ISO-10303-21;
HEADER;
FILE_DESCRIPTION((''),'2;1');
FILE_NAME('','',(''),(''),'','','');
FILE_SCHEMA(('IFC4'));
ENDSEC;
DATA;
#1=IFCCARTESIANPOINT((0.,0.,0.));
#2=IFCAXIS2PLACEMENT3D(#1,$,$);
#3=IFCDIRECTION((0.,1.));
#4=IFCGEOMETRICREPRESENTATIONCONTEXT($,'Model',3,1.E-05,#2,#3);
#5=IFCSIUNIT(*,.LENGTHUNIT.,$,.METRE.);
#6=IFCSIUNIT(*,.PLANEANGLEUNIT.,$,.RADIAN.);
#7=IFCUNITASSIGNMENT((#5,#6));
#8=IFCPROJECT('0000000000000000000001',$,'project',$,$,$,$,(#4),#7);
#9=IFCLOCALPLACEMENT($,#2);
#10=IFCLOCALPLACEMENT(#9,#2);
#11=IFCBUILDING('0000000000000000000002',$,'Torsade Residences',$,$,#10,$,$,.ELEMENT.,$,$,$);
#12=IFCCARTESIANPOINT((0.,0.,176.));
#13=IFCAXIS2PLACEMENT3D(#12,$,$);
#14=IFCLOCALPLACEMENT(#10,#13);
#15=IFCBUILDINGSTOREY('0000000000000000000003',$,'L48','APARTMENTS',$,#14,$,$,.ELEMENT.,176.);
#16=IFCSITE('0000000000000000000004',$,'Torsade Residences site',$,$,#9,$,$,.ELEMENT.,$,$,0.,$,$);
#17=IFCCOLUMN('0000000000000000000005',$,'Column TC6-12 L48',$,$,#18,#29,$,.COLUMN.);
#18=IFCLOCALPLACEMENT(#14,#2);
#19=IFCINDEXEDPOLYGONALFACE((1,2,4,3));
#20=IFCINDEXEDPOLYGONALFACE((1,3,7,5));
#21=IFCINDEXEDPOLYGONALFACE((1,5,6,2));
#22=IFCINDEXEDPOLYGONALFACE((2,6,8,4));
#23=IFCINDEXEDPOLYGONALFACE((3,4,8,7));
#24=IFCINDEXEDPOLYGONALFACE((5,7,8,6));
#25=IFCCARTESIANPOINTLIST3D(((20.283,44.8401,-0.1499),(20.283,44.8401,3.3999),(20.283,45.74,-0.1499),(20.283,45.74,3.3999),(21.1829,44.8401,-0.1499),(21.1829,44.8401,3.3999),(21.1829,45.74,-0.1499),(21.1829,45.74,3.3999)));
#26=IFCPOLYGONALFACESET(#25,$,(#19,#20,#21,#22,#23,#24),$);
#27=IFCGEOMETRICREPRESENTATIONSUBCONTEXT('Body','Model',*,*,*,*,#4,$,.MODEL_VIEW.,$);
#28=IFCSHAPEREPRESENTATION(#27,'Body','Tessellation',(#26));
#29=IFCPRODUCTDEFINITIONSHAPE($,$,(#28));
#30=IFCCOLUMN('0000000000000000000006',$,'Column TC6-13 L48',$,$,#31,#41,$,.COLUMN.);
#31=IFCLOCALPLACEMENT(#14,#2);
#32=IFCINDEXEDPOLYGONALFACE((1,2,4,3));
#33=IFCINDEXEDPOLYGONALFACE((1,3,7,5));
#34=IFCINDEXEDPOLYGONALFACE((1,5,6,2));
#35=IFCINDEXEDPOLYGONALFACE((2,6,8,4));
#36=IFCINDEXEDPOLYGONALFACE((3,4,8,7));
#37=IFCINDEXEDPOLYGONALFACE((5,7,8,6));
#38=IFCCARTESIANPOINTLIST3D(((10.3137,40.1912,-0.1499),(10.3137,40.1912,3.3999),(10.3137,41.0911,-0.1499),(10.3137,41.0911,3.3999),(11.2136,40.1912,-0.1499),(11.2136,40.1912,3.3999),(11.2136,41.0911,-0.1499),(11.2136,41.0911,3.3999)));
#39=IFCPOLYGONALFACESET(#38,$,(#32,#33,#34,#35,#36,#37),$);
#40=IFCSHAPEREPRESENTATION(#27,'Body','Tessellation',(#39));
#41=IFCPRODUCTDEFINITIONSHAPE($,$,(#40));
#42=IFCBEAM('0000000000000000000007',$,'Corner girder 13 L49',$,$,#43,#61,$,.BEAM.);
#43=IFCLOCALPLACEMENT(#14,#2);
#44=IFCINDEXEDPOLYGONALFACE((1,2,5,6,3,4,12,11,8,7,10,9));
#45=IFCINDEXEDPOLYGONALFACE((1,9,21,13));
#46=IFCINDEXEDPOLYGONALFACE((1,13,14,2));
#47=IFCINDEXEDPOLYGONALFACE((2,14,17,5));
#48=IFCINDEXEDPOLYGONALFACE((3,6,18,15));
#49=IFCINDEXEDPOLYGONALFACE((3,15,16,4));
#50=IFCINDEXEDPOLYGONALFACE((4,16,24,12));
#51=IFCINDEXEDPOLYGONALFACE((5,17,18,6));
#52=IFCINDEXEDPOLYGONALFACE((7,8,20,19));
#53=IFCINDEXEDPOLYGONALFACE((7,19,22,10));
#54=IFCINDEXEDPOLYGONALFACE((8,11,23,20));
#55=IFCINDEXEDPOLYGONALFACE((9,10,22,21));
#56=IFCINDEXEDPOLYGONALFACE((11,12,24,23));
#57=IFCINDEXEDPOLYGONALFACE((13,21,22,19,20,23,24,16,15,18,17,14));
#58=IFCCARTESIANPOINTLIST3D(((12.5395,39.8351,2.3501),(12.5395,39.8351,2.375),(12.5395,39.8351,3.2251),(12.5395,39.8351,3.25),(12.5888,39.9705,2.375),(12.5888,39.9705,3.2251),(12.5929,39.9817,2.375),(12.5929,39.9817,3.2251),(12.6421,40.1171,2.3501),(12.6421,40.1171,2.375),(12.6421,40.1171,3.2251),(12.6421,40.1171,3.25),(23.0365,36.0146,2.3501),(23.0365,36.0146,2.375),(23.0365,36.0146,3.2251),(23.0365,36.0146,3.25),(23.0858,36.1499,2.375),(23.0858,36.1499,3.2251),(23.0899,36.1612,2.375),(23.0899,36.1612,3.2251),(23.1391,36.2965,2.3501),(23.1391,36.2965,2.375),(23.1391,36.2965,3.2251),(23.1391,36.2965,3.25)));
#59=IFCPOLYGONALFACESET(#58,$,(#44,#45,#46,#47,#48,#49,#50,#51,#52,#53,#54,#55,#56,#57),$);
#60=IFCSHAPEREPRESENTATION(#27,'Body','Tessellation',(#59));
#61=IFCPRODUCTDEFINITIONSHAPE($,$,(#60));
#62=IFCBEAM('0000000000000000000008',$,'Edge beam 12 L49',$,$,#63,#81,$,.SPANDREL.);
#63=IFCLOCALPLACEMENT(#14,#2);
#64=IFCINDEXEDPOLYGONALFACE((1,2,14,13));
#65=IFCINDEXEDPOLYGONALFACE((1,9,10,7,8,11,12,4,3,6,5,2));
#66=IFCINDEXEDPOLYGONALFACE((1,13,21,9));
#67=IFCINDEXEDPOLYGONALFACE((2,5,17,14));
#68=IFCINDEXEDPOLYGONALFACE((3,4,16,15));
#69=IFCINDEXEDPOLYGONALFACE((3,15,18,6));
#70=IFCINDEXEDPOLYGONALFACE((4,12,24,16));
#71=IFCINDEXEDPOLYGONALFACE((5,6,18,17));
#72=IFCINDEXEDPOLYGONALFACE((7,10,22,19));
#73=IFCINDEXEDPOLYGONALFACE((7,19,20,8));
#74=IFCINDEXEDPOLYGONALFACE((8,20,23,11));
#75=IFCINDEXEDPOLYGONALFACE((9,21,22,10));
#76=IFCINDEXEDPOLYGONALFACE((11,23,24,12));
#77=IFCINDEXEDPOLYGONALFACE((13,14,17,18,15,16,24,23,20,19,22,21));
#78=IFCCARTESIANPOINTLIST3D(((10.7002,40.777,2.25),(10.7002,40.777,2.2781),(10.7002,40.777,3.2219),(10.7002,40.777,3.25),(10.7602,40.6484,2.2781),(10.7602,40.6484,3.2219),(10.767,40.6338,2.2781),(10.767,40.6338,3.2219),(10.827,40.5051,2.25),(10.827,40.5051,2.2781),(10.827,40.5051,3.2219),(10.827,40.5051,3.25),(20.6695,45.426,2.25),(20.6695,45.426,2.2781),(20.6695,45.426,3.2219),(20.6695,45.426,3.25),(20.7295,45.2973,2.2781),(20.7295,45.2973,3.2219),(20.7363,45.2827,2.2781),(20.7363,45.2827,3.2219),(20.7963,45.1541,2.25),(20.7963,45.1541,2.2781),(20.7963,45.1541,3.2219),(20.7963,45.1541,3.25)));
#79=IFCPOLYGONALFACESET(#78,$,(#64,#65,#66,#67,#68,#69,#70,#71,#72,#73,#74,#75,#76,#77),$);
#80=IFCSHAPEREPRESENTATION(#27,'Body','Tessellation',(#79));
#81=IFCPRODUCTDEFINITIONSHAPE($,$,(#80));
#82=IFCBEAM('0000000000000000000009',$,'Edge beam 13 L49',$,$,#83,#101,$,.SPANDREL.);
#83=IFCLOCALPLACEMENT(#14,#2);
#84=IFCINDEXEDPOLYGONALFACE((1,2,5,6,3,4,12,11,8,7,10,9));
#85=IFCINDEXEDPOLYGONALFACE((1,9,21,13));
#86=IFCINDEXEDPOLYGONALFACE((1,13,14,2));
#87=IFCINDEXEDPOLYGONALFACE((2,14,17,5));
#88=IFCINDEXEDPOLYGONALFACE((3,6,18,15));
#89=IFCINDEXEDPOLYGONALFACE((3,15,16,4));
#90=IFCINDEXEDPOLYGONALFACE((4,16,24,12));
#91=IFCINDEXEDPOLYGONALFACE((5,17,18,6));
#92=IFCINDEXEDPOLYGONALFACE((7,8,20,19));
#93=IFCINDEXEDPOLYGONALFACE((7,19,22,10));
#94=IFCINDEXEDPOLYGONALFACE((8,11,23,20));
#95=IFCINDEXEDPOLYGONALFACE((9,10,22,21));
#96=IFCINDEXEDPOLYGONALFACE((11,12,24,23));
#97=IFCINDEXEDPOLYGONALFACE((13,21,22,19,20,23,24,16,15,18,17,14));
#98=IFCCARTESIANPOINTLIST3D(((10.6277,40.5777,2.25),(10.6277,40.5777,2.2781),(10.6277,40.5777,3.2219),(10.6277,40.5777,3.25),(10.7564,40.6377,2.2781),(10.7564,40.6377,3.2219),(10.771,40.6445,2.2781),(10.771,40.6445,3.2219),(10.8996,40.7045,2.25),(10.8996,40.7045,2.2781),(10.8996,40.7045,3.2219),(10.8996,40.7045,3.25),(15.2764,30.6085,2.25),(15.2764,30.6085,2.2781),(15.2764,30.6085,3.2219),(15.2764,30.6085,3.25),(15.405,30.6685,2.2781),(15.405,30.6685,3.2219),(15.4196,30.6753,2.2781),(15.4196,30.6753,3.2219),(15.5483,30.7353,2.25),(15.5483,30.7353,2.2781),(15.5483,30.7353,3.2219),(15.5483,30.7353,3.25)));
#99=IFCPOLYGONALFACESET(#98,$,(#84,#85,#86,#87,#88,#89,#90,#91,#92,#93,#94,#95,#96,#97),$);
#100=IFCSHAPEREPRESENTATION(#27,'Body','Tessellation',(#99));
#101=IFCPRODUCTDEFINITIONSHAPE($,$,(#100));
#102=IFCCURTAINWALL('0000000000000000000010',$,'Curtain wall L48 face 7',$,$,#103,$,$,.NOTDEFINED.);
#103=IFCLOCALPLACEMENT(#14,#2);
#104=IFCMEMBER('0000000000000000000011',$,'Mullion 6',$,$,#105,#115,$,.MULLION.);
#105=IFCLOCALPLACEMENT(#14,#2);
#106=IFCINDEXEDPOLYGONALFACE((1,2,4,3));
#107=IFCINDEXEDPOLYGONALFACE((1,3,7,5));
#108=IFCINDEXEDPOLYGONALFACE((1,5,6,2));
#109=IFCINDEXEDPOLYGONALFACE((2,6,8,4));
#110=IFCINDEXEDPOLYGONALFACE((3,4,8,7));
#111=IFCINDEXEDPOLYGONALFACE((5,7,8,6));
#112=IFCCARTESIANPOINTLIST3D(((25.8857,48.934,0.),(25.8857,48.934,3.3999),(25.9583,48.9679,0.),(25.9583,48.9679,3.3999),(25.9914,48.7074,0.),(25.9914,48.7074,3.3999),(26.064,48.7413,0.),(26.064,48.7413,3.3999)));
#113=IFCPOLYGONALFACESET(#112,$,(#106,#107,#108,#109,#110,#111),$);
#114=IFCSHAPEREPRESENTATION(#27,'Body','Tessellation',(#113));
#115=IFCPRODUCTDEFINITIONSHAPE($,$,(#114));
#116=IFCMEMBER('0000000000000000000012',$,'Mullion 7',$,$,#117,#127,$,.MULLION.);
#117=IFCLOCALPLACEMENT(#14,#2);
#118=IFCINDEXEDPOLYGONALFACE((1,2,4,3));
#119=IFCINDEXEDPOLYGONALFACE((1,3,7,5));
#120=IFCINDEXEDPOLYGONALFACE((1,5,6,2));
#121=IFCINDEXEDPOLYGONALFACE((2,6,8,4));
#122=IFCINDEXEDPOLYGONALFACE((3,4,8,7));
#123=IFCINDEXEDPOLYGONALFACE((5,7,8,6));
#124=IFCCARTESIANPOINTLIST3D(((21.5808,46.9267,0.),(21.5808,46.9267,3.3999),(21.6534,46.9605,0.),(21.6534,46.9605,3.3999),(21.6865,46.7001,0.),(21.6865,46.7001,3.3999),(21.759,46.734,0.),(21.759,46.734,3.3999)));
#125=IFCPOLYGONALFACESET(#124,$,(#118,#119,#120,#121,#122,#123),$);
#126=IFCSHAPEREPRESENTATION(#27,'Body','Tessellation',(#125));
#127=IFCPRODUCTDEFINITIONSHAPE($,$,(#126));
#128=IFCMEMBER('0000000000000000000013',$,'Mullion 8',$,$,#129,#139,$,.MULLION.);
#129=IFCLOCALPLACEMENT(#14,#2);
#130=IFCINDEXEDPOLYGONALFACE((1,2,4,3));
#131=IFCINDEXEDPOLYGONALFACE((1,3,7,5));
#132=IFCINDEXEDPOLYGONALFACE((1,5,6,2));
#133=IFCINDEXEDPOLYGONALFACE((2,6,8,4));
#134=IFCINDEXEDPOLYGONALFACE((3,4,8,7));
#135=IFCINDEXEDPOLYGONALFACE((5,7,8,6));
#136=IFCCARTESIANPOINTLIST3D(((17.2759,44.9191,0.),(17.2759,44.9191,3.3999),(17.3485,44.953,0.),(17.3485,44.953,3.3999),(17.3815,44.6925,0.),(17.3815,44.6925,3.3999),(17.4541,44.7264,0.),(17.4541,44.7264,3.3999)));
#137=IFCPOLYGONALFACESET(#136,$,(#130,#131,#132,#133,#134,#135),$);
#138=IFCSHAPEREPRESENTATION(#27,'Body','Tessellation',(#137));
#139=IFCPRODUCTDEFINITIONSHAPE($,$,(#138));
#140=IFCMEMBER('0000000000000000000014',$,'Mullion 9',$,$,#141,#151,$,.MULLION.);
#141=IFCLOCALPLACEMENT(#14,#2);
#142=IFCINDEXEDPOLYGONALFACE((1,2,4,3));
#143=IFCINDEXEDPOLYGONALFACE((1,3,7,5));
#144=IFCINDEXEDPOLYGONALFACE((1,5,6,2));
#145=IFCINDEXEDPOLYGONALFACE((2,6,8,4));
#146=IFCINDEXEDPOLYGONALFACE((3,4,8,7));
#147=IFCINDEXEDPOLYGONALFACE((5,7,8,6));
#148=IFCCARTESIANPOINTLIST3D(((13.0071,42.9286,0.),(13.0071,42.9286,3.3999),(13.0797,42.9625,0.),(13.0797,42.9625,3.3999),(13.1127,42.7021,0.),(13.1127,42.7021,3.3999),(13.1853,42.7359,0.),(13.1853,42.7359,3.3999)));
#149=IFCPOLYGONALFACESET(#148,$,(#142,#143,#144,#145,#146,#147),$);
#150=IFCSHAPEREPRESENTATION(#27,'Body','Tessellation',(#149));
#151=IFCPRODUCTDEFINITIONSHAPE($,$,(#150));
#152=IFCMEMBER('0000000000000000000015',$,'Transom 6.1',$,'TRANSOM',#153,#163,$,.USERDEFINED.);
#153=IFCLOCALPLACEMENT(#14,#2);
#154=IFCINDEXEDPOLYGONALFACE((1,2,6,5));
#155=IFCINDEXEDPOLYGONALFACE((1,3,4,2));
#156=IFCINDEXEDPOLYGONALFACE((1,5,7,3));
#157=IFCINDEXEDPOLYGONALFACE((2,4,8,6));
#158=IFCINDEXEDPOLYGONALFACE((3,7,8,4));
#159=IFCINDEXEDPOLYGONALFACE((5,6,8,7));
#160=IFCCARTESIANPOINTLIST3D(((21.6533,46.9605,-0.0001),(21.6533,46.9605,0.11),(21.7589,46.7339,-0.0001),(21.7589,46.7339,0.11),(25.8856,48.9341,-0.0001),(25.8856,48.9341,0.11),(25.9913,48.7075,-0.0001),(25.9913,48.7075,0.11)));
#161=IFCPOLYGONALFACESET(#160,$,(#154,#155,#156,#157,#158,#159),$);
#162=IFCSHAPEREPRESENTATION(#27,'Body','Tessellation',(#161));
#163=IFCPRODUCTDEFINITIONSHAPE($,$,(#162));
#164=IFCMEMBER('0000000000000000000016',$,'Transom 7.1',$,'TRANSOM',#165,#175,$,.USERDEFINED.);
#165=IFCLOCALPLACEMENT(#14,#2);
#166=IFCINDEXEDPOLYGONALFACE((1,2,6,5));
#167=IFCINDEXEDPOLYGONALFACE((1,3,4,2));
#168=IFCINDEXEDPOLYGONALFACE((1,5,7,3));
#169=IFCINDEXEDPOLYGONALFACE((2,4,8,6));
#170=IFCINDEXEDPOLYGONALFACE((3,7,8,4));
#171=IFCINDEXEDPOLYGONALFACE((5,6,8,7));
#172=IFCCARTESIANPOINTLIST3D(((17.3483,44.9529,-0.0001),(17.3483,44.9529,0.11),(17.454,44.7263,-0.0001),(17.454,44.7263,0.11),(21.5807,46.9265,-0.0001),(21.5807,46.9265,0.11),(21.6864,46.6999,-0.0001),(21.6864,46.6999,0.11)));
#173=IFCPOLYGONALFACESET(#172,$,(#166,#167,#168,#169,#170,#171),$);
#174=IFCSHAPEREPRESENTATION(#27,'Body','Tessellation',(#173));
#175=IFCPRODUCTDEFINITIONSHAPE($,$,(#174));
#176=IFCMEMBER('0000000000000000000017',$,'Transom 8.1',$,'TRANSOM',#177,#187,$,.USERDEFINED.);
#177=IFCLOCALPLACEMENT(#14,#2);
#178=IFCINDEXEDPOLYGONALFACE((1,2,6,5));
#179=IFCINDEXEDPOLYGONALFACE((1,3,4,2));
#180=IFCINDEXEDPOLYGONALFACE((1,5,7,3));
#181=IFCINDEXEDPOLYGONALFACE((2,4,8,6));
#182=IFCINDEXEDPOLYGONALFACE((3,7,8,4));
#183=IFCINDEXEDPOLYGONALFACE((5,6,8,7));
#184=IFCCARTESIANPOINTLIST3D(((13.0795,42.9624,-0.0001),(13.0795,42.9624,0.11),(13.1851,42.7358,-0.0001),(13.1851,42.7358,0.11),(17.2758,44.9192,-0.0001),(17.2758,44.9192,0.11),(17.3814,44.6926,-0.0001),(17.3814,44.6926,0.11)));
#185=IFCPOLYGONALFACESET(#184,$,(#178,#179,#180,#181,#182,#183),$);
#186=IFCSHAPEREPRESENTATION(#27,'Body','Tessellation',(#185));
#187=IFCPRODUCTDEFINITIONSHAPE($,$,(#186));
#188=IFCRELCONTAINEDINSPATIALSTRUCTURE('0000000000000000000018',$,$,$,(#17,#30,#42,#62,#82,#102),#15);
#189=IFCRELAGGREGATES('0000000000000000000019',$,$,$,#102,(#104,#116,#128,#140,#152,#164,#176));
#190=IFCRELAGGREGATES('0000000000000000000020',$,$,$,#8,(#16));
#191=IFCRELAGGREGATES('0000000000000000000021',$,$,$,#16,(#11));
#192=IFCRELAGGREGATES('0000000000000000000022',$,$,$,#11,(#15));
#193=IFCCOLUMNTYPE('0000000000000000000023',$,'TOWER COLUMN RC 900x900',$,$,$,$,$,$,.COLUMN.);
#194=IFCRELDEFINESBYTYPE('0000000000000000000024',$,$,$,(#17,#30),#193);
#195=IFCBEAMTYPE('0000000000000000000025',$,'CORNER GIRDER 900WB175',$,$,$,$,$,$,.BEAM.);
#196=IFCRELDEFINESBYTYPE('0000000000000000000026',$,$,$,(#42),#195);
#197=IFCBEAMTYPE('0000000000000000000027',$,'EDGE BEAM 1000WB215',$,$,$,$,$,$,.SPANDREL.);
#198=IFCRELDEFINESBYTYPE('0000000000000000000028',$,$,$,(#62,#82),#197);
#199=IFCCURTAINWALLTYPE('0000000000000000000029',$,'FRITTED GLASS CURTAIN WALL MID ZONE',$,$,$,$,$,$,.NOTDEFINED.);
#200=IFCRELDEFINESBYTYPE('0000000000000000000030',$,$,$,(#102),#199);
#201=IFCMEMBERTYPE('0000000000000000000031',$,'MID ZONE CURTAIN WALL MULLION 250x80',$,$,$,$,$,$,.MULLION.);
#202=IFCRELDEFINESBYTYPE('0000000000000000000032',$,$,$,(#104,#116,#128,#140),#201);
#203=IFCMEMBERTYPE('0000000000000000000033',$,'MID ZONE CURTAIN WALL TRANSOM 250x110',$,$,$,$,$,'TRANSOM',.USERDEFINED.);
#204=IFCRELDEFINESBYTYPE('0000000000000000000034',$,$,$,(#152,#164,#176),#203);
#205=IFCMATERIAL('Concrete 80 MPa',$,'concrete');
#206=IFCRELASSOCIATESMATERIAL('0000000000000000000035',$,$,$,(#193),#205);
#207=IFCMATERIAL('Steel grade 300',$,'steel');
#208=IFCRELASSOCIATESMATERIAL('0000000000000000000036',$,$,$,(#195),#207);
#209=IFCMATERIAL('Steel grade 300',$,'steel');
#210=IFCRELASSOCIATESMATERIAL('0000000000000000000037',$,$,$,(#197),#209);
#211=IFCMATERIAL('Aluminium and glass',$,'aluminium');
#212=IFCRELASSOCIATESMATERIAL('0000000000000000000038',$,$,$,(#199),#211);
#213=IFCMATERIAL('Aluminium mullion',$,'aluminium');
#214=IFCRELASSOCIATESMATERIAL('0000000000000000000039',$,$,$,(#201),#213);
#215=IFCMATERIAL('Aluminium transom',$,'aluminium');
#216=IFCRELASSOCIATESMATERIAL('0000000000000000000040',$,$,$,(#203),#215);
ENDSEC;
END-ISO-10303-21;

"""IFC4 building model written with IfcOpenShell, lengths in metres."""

from ifc_helpers import new_model, si_unit, direction, frame, origin, origin_2d, place, context, subcontext, project, spatial, rectangle, i_section, extrude, material, material_profile, profile_set, type_object, element, aggregate, save


model = new_model("IFC4")

# Units and contexts
model_context = context("Model", 3, precision=1e-05, world=origin(), true_north=direction((0.0, 1.0)))
body_context = subcontext(model_context, "Body", "Model", "MODEL_VIEW")
ifc_project = project(units=[si_unit("LENGTHUNIT", "METRE"), si_unit("PLANEANGLEUNIT", "RADIAN")], contexts=[model_context])

# Site, building, storey
site_placement = place(None, origin())
site = spatial("IfcSite", under=ifc_project, at=site_placement, Name="Torsade Residences site", CompositionType="ELEMENT", RefElevation=0.0)
building_placement = place(site_placement, origin())
building = spatial("IfcBuilding", under=site, at=building_placement, Name="Torsade Residences", CompositionType="ELEMENT")
storey_placement = place(building_placement, frame((0.0, 0.0, 176.0)))
storey = spatial("IfcBuildingStorey", under=building, at=storey_placement, Name="L48", Description="APARTMENTS", CompositionType="ELEMENT", Elevation=176.0)

# Columns
ifc_material_1 = material(Name="Concrete 80 MPa", Category="concrete")
ifc_material_profile_1 = material_profile(ifc_material_1, rectangle(XDim=0.8999, YDim=0.8999, at=origin_2d()), Name="RC 900x900")
ifc_profile_set_1 = profile_set([ifc_material_profile_1], Name="Concrete 80 MPa")
column_type = type_object("IfcColumnType", Name="TOWER COLUMN RC 900x900", PredefinedType="COLUMN", material=ifc_profile_set_1)
for number, where, z_axis, x_axis, name in (
    (1, (20.7329, 45.29, -0.1499), (0.0, 0.0, 1.0), (1.0, 0.0, 0.0), "Column TC6-12 L48"),
    (2, (10.7637, 40.6411, -0.1499), (0.0, 0.0, 1.0), (1.0, 0.0, 0.0), "Column TC6-13 L48"),
):
    element("IfcColumn", number, at=place(storey_placement, frame(where, z_axis=z_axis, x_axis=x_axis)), inside=storey, type_object=column_type, Name=name, PredefinedType="COLUMN", context=body_context, shape_type="SweptSolid", body=[
        extrude(rectangle(XDim=0.8999, YDim=0.8999, at=origin_2d()), origin(), (0.0, 0.0, 1.0), 3.5498),
    ])

# Beams
ifc_material_2 = material(Name="Steel grade 300", Category="steel")
ifc_material_profile_2 = material_profile(ifc_material_2, i_section(OverallWidth=0.3, OverallDepth=0.8999, WebThickness=0.012, FlangeThickness=0.0249, at=origin_2d()), Name="900WB175")
ifc_profile_set_2 = profile_set([ifc_material_profile_2], Name="Steel grade 300")
beam_type_1 = type_object("IfcBeamType", Name="CORNER GIRDER 900WB175", PredefinedType="BEAM", material=ifc_profile_set_2)
beam_1_placement = place(storey_placement, frame((12.5908, 39.9761, 2.8), z_axis=(0.939694, -0.342015, 0.0), x_axis=(0.342015, 0.939694, 0.0)))
element("IfcBeam", 3, at=beam_1_placement, inside=storey, type_object=beam_type_1, Name="Corner girder 13 L49", PredefinedType="BEAM", context=body_context, shape_type="SweptSolid", body=[
    extrude(i_section(OverallWidth=0.3, OverallDepth=0.8999, WebThickness=0.012, FlangeThickness=0.0249, at=origin_2d()), origin(), (0.0, 0.0, 1.0), 11.1707),
])
ifc_material_3 = material(Name="Steel grade 300", Category="steel")
ifc_material_profile_3 = material_profile(ifc_material_3, i_section(OverallWidth=0.3, OverallDepth=1.0, WebThickness=0.0161, FlangeThickness=0.0281, at=origin_2d()), Name="1000WB215")
ifc_profile_set_3 = profile_set([ifc_material_profile_3], Name="Steel grade 300")
beam_type_2 = type_object("IfcBeamType", Name="EDGE BEAM 1000WB215", PredefinedType="SPANDREL", material=ifc_profile_set_3)
beam_2_placement = place(storey_placement, frame((20.7329, 45.29, 2.75), z_axis=(-0.906301, -0.422633, 0.0), x_axis=(0.422633, -0.906301, 0.0)))
element("IfcBeam", 4, at=beam_2_placement, inside=storey, type_object=beam_type_2, Name="Edge beam 12 L49", PredefinedType="SPANDREL", context=body_context, shape_type="SweptSolid", body=[
    extrude(i_section(OverallWidth=0.3, OverallDepth=1.0, WebThickness=0.0161, FlangeThickness=0.0281, at=origin_2d()), origin(), (0.0, 0.0, 1.0), 11.0),
])
beam_3_placement = place(storey_placement, frame((10.7637, 40.6411, 2.75), z_axis=(0.422614, -0.90631, 0.0), x_axis=(0.90631, 0.422614, 0.0)))
element("IfcBeam", 5, at=beam_3_placement, inside=storey, type_object=beam_type_2, Name="Edge beam 13 L49", PredefinedType="SPANDREL", context=body_context, shape_type="SweptSolid", body=[
    extrude(i_section(OverallWidth=0.3, OverallDepth=1.0, WebThickness=0.0161, FlangeThickness=0.0281, at=origin_2d()), origin(), (0.0, 0.0, 1.0), 10.9998),
])

# Curtain wall, members
ifc_material_4 = material(Name="Aluminium and glass", Category="aluminium")
curtain_wall_type = type_object("IfcCurtainWallType", Name="FRITTED GLASS CURTAIN WALL MID ZONE", PredefinedType="NOTDEFINED", material=ifc_material_4)
curtain_wall_placement = place(storey_placement, origin())
curtain_wall = element("IfcCurtainWall", 6, at=curtain_wall_placement, inside=storey, type_object=curtain_wall_type, Name="Curtain wall L48 face 7", PredefinedType="NOTDEFINED")
ifc_material_5 = material(Name="Aluminium mullion", Category="aluminium")
ifc_material_profile_4 = material_profile(ifc_material_5, rectangle(XDim=0.25, YDim=0.0801, at=origin_2d()), Name="MID ZONE CURTAIN WALL MULLION 250x80")
ifc_profile_set_4 = profile_set([ifc_material_profile_4], Name="Aluminium mullion")
member_type_1 = type_object("IfcMemberType", Name="MID ZONE CURTAIN WALL MULLION 250x80", PredefinedType="MULLION", material=ifc_profile_set_4)
member_1_placement = place(storey_placement, frame((25.9749, 48.8376, 0.0), z_axis=(0.0, 0.0, 1.0), x_axis=(0.422618, -0.906308, 0.0)))
member_1 = element("IfcMember", 7, at=member_1_placement, type_object=member_type_1, Name="Mullion 6", PredefinedType="MULLION", context=body_context, shape_type="SweptSolid", body=[
    extrude(rectangle(XDim=0.25, YDim=0.0801, at=origin_2d()), origin(), (0.0, 0.0, 1.0), 3.3999),
])
member_2_placement = place(storey_placement, frame((21.6699, 46.8303, 0.0), z_axis=(0.0, 0.0, 1.0), x_axis=(0.422618, -0.906308, 0.0)))
member_2 = element("IfcMember", 8, at=member_2_placement, type_object=member_type_1, Name="Mullion 7", PredefinedType="MULLION", context=body_context, shape_type="SweptSolid", body=[
    extrude(rectangle(XDim=0.25, YDim=0.0801, at=origin_2d()), origin(), (0.0, 0.0, 1.0), 3.3999),
])
member_3_placement = place(storey_placement, frame((17.365, 44.8228, 0.0), z_axis=(0.0, 0.0, 1.0), x_axis=(0.422618, -0.906308, 0.0)))
member_3 = element("IfcMember", 9, at=member_3_placement, type_object=member_type_1, Name="Mullion 8", PredefinedType="MULLION", context=body_context, shape_type="SweptSolid", body=[
    extrude(rectangle(XDim=0.25, YDim=0.0801, at=origin_2d()), origin(), (0.0, 0.0, 1.0), 3.3999),
])
member_4_placement = place(storey_placement, frame((13.0962, 42.8323, 0.0), z_axis=(0.0, 0.0, 1.0), x_axis=(0.422618, -0.906308, 0.0)))
member_4 = element("IfcMember", 10, at=member_4_placement, type_object=member_type_1, Name="Mullion 9", PredefinedType="MULLION", context=body_context, shape_type="SweptSolid", body=[
    extrude(rectangle(XDim=0.25, YDim=0.0801, at=origin_2d()), origin(), (0.0, 0.0, 1.0), 3.3999),
])
ifc_material_6 = material(Name="Aluminium transom", Category="aluminium")
ifc_material_profile_5 = material_profile(ifc_material_6, rectangle(XDim=0.25, YDim=0.1101, at=origin_2d()), Name="MID ZONE CURTAIN WALL TRANSOM 250x110")
ifc_profile_set_5 = profile_set([ifc_material_profile_5], Name="Aluminium transom")
member_type_2 = type_object("IfcMemberType", Name="MID ZONE CURTAIN WALL TRANSOM 250x110", ElementType="TRANSOM", PredefinedType="USERDEFINED", material=ifc_profile_set_5)
member_5_placement = place(storey_placement, frame((25.9385, 48.8208, 0.0549), z_axis=(-0.906306, -0.422622, 0.0), x_axis=(0.422622, -0.906306, 0.0)))
member_5 = element("IfcMember", 11, at=member_5_placement, type_object=member_type_2, Name="Transom 6.1", ObjectType="TRANSOM", PredefinedType="USERDEFINED", context=body_context, shape_type="SweptSolid", body=[
    extrude(rectangle(XDim=0.25, YDim=0.1101, at=origin_2d()), origin(), (0.0, 0.0, 1.0), 4.6699),
])
member_6_placement = place(storey_placement, frame((21.6335, 46.8132, 0.0549), z_axis=(-0.906306, -0.422622, 0.0), x_axis=(0.422622, -0.906306, 0.0)))
member_6 = element("IfcMember", 12, at=member_6_placement, type_object=member_type_2, Name="Transom 7.1", ObjectType="TRANSOM", PredefinedType="USERDEFINED", context=body_context, shape_type="SweptSolid", body=[
    extrude(rectangle(XDim=0.25, YDim=0.1101, at=origin_2d()), origin(), (0.0, 0.0, 1.0), 4.6699),
])
member_7_placement = place(storey_placement, frame((17.3286, 44.8059, 0.0549), z_axis=(-0.906306, -0.422623, 0.0), x_axis=(0.422623, -0.906306, 0.0)))
member_7 = element("IfcMember", 13, at=member_7_placement, type_object=member_type_2, Name="Transom 8.1", ObjectType="TRANSOM", PredefinedType="USERDEFINED", context=body_context, shape_type="SweptSolid", body=[
    extrude(rectangle(XDim=0.25, YDim=0.1101, at=origin_2d()), origin(), (0.0, 0.0, 1.0), 4.6301),
])

aggregate(curtain_wall, [member_1, member_2, member_3, member_4, member_5, member_6, member_7])

save(model, "model.ifc")
